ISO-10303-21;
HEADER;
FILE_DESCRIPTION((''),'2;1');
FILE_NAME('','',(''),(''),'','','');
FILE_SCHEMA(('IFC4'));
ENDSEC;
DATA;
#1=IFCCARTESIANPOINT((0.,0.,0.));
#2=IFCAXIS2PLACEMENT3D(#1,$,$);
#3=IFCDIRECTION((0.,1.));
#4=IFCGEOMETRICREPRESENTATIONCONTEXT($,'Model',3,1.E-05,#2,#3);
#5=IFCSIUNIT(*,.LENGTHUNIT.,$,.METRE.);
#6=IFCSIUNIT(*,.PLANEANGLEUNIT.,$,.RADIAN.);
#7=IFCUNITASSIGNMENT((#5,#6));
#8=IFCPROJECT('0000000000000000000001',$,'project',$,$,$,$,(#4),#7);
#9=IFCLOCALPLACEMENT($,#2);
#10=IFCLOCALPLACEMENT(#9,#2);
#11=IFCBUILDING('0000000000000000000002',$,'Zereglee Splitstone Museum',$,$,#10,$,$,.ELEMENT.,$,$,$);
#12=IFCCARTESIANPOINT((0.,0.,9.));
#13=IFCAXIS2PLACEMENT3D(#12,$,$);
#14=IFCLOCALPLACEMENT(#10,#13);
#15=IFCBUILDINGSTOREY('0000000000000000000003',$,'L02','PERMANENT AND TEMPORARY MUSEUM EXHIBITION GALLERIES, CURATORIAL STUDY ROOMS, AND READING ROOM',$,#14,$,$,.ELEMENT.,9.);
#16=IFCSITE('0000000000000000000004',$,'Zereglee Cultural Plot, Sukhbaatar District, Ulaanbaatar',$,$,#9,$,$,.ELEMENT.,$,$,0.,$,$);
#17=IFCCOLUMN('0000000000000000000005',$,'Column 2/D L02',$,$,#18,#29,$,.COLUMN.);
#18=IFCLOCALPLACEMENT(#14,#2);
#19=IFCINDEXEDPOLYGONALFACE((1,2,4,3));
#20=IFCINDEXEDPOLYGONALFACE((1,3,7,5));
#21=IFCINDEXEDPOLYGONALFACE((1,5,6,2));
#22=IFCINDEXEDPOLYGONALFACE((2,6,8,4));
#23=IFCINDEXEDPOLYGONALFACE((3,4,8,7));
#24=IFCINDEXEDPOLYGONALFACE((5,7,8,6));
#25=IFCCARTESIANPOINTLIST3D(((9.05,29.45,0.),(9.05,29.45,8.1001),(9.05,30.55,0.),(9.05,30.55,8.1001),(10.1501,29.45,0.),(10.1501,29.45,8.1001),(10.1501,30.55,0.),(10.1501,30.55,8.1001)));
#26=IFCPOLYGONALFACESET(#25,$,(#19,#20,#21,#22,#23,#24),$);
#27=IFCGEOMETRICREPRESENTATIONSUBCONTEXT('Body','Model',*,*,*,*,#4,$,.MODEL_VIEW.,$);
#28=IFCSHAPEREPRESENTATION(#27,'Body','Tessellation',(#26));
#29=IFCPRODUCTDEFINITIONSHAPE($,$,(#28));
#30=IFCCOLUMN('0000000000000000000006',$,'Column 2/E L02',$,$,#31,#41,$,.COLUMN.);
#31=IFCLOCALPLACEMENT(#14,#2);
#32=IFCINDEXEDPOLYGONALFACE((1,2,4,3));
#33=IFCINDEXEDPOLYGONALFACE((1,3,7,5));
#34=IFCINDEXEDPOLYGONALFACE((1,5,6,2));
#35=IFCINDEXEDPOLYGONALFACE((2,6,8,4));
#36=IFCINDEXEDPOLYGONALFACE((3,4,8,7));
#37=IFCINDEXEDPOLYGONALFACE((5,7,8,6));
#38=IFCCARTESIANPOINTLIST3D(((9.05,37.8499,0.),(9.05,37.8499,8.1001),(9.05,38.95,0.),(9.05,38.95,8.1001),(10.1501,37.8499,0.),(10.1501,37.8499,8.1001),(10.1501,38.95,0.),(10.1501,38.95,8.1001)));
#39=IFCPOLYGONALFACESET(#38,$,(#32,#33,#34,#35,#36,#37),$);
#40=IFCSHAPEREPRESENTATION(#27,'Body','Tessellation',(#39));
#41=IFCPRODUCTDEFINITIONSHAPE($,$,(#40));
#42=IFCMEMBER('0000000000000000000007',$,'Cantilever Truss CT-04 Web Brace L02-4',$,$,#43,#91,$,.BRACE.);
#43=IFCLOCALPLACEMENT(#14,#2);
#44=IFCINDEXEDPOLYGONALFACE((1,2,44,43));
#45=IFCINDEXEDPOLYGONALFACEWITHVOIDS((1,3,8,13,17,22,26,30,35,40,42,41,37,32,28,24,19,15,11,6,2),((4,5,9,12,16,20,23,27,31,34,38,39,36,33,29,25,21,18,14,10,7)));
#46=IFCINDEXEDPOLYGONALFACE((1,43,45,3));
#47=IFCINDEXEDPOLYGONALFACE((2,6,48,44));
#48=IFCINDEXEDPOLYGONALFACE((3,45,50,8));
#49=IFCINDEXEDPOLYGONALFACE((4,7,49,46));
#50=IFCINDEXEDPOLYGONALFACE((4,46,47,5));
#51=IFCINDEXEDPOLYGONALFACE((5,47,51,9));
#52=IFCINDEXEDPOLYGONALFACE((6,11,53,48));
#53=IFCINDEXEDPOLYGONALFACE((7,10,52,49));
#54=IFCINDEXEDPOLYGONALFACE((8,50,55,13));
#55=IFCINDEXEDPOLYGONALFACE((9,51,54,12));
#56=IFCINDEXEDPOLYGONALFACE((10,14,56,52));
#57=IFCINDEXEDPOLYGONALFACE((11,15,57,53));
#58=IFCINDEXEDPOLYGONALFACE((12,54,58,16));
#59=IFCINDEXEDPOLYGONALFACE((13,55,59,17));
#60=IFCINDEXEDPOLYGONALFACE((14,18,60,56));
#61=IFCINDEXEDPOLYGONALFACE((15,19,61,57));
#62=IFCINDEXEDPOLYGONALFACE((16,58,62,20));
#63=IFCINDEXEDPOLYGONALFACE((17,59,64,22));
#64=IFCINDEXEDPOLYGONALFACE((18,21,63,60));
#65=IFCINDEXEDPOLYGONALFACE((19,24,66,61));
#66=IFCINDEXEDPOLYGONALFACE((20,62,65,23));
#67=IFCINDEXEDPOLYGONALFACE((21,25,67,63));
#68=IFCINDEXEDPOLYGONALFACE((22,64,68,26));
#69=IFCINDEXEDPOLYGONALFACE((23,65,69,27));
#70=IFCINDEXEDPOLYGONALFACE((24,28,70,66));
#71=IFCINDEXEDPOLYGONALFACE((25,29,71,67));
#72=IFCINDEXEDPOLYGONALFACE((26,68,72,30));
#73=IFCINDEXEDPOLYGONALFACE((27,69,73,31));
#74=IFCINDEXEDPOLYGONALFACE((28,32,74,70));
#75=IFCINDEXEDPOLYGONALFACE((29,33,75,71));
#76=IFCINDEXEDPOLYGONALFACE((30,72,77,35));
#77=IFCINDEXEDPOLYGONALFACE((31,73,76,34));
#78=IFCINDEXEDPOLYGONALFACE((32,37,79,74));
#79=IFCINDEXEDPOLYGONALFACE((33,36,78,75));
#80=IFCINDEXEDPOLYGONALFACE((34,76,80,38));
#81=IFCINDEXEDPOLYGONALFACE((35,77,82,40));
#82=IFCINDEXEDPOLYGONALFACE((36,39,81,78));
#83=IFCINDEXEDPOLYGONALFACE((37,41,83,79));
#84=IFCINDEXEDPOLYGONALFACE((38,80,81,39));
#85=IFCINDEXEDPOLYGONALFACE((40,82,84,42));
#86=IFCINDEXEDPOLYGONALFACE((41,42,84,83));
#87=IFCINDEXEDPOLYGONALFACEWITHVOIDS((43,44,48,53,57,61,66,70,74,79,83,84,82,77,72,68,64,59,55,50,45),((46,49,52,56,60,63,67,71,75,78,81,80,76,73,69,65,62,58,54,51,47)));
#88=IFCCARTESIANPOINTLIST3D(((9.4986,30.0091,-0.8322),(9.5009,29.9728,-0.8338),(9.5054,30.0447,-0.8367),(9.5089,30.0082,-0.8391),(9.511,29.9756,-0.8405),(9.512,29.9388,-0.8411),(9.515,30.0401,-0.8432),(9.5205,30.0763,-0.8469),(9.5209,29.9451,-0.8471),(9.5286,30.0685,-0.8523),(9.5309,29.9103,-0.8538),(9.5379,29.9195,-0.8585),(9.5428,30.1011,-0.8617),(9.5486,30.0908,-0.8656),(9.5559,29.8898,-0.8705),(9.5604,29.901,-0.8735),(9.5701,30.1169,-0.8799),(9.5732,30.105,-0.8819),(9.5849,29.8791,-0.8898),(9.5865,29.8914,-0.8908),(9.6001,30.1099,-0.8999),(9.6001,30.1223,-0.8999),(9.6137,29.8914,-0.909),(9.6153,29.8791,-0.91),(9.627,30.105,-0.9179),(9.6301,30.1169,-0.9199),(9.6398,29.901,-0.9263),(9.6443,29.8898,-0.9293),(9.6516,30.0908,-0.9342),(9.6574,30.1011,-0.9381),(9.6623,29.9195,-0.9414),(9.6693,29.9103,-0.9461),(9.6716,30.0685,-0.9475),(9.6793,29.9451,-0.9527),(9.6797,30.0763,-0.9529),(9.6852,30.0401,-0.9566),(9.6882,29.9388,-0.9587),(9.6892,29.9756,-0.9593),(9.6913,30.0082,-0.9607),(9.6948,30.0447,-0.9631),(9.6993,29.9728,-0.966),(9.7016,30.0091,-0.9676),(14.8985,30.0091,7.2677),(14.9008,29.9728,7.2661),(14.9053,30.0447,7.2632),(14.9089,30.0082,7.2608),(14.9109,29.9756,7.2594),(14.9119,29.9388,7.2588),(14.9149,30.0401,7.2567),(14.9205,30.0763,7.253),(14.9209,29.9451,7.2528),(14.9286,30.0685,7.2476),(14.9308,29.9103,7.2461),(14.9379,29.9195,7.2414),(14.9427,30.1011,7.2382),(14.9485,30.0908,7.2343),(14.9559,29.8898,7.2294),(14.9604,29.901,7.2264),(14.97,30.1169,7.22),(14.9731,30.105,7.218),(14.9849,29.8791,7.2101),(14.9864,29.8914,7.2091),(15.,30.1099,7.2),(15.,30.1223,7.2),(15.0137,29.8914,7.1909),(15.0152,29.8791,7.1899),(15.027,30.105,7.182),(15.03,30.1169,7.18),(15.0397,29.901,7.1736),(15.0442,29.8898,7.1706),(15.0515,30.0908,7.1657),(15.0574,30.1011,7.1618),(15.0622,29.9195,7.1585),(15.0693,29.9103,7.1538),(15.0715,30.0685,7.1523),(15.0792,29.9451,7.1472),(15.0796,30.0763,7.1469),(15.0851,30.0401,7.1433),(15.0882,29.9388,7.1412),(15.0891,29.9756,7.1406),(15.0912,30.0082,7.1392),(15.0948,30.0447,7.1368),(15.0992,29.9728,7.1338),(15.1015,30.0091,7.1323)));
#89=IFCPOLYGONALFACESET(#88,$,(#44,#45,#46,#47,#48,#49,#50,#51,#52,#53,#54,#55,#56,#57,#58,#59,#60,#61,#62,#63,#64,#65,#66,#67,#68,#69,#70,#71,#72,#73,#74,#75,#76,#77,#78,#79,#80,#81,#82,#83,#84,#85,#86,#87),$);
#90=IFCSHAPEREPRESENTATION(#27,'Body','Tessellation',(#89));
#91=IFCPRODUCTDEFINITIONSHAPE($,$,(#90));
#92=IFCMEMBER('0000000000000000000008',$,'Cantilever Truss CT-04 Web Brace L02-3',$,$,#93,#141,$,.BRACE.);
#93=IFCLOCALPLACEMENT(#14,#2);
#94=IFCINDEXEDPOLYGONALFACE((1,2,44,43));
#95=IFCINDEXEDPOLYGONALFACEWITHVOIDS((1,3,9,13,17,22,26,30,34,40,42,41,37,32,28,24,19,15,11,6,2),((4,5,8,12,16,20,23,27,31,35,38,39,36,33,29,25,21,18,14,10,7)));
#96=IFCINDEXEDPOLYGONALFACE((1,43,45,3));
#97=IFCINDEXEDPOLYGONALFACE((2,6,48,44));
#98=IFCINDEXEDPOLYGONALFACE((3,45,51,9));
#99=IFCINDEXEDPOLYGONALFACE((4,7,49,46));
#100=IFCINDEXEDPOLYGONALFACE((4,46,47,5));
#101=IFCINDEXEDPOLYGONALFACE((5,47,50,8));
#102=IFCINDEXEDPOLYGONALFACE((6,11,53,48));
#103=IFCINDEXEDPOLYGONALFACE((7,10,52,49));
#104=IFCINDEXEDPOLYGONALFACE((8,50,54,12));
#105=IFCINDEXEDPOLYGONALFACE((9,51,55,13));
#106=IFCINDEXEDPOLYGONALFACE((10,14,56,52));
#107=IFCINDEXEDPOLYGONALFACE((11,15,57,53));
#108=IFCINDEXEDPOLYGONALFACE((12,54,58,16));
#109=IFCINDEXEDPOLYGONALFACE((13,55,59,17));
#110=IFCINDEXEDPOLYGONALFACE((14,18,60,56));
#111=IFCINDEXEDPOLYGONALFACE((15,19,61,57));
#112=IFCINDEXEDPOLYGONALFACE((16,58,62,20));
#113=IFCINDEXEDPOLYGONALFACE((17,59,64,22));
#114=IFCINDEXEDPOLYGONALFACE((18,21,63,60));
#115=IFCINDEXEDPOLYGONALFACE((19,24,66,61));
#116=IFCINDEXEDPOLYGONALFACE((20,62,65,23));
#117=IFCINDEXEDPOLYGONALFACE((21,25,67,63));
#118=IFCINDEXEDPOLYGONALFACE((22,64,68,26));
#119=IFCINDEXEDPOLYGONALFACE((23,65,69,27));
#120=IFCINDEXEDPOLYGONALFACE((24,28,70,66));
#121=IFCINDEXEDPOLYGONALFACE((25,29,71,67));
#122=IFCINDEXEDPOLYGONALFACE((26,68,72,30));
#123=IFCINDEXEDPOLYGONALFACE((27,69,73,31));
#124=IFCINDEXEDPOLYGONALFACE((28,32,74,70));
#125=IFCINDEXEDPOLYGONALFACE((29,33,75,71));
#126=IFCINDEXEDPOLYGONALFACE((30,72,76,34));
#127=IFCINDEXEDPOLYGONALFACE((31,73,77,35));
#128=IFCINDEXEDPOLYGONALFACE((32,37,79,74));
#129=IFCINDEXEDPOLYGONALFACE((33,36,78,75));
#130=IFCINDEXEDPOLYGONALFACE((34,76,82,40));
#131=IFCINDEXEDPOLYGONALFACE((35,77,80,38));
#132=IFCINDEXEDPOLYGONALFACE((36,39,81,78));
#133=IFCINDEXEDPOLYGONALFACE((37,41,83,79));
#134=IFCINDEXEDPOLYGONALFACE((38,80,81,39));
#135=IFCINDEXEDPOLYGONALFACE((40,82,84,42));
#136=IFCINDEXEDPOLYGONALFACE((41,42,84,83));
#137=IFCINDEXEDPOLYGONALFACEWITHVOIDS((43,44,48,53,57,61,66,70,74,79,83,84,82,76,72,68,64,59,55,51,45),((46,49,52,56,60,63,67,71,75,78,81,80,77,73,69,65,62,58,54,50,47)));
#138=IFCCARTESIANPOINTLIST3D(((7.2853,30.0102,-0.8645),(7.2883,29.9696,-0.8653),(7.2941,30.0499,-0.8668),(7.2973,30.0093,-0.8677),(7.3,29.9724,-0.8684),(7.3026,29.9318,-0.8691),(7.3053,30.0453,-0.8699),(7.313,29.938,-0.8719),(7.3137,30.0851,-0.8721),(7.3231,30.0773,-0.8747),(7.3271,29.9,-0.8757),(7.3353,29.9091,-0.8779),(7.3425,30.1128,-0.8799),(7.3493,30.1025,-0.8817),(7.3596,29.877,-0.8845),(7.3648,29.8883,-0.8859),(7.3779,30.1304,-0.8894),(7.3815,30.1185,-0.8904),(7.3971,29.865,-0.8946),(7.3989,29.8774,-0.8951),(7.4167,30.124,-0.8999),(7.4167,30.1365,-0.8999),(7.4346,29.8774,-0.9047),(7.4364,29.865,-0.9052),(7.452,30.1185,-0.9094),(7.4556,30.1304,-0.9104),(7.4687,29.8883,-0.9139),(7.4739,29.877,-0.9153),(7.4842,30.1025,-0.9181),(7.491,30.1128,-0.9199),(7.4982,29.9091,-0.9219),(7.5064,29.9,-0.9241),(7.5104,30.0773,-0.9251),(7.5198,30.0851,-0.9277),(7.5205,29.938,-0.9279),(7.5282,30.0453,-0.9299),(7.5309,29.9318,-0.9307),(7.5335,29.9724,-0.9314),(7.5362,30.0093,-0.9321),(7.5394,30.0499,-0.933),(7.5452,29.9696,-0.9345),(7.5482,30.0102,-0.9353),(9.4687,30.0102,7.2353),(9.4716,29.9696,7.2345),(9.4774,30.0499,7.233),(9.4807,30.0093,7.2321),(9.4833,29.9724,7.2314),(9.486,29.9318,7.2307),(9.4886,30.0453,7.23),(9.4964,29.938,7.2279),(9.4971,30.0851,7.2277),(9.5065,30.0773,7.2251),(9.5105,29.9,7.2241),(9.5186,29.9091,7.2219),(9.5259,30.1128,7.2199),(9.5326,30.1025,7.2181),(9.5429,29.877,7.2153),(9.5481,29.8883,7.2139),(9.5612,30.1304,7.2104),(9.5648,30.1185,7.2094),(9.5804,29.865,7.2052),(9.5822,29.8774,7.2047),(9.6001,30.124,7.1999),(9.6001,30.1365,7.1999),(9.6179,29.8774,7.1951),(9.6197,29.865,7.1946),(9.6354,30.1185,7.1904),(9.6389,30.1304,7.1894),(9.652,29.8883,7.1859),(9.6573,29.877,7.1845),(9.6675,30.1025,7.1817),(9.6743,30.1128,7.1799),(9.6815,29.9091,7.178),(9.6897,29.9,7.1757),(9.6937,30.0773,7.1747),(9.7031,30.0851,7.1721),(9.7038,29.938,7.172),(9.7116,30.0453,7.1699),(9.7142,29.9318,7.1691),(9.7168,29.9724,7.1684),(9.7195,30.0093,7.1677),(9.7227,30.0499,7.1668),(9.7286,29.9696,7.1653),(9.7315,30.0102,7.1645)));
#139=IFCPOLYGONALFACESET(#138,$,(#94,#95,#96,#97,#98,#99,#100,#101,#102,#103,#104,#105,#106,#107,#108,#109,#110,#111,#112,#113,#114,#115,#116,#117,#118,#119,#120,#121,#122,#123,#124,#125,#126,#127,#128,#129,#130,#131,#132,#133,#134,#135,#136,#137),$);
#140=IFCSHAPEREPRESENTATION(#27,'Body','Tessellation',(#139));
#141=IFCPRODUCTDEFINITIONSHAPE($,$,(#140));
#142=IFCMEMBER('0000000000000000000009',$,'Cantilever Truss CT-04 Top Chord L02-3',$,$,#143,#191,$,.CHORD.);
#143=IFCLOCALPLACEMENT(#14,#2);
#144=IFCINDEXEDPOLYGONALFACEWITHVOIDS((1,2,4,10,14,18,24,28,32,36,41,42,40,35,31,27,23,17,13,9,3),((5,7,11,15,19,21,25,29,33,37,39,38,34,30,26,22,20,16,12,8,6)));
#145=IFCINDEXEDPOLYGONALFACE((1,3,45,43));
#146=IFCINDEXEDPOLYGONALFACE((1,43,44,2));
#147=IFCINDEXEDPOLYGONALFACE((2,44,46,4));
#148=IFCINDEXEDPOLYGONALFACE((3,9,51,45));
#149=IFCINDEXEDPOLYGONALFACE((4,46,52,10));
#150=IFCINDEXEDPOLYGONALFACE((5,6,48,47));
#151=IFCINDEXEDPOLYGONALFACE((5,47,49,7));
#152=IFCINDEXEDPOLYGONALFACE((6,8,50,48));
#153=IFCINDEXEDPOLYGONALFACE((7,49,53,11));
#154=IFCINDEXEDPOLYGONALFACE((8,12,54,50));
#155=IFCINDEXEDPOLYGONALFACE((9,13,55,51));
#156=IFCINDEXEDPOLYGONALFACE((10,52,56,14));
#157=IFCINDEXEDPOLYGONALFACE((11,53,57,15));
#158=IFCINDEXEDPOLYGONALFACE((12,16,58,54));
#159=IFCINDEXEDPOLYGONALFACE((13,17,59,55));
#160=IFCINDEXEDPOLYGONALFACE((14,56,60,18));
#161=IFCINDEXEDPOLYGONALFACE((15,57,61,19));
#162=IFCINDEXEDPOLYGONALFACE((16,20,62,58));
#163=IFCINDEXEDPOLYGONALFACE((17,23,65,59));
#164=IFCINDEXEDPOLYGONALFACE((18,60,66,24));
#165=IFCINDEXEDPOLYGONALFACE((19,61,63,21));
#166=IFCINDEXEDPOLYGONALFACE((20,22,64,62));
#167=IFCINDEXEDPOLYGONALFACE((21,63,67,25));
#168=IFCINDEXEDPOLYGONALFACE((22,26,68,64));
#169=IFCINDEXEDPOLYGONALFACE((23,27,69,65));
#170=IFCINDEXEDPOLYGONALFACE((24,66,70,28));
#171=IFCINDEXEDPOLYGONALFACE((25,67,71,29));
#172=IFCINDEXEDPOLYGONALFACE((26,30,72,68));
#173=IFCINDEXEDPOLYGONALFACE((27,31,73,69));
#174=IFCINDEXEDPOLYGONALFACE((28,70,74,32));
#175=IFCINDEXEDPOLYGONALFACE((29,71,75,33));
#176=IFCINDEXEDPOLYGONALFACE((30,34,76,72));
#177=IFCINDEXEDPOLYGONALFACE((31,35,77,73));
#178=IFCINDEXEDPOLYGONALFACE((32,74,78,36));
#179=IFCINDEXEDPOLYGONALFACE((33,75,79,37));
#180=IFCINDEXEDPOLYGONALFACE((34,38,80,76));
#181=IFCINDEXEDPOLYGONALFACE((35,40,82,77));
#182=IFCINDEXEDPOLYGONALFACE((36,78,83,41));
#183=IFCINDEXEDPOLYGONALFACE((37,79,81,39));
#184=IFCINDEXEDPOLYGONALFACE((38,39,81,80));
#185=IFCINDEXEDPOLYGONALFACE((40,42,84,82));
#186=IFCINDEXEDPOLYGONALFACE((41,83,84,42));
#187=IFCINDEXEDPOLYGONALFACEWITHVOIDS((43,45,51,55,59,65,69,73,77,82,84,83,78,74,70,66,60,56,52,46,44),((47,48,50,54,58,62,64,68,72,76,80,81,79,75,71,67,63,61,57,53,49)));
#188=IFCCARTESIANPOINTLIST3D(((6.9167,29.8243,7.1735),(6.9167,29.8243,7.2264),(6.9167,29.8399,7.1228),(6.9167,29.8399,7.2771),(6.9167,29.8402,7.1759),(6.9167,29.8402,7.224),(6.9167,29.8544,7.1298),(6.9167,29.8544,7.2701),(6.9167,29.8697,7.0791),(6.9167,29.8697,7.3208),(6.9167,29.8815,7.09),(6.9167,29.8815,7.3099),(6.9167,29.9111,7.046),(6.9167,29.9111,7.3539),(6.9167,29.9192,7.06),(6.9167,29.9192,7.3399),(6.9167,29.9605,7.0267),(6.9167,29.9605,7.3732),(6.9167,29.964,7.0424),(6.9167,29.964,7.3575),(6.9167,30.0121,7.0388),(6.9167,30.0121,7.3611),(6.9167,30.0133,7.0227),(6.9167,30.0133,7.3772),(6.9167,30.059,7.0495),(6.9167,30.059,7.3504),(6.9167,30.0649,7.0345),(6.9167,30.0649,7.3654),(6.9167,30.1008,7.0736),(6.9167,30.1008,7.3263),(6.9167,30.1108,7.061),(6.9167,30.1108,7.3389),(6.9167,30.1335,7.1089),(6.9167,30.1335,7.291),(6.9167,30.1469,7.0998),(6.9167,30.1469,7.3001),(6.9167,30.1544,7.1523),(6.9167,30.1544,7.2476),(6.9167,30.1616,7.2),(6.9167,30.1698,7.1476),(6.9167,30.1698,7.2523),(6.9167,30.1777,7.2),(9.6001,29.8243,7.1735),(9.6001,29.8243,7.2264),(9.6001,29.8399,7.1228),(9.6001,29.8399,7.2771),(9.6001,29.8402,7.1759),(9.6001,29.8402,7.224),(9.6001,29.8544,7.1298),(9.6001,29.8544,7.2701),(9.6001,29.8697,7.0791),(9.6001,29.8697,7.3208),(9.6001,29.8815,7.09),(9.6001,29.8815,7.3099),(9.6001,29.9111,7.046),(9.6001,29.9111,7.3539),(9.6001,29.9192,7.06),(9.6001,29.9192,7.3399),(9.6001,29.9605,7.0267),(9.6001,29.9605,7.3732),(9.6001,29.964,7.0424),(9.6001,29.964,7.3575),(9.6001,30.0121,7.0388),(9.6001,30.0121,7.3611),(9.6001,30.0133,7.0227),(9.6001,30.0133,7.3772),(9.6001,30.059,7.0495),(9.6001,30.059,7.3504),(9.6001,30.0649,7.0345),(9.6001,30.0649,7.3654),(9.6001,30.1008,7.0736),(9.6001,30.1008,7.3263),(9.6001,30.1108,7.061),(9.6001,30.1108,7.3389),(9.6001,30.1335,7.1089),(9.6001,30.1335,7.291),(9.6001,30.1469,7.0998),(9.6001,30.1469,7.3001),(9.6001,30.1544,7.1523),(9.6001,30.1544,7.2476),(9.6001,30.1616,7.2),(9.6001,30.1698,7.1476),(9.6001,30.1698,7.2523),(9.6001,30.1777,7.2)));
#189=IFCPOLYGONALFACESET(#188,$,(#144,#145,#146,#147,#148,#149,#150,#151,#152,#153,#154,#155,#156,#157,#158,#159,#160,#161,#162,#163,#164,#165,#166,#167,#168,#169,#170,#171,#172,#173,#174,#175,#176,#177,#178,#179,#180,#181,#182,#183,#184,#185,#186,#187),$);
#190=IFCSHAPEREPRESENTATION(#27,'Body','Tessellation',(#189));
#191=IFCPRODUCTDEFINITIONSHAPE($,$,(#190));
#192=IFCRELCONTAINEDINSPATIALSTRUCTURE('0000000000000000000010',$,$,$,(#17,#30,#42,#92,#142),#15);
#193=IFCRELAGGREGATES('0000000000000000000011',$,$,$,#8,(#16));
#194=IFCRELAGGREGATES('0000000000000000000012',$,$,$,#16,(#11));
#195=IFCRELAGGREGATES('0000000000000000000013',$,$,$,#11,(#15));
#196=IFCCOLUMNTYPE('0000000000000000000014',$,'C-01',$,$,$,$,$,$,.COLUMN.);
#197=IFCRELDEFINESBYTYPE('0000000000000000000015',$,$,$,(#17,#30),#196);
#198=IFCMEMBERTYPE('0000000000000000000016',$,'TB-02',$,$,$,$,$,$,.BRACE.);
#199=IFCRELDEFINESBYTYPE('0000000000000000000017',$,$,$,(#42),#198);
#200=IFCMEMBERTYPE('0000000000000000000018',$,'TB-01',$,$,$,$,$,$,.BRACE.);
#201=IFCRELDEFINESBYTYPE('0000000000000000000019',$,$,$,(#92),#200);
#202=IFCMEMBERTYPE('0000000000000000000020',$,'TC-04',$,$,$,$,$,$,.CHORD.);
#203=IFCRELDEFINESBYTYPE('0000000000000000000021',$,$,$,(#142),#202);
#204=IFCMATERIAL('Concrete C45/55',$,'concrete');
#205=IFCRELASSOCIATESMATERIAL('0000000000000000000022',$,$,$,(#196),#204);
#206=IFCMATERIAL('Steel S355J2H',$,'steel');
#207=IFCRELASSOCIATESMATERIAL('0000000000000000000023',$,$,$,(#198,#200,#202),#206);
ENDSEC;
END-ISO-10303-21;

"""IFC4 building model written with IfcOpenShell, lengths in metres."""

from ifc_helpers import new_model, si_unit, direction, frame, origin, origin_2d, place, context, subcontext, project, spatial, rectangle, hollow_circle, extrude, material, material_profile, profile_set, type_object, element, save


model = new_model("IFC4")

# Units and contexts
model_context = context("Model", 3, precision=1e-05, world=origin(), true_north=direction((0.0, 1.0)))
body_context = subcontext(model_context, "Body", "Model", "MODEL_VIEW")
ifc_project = project(units=[si_unit("LENGTHUNIT", "METRE"), si_unit("PLANEANGLEUNIT", "RADIAN")], contexts=[model_context])

# Site, building, storey
site_placement = place(None, origin())
site = spatial("IfcSite", under=ifc_project, at=site_placement, Name="Zereglee Cultural Plot, Sukhbaatar District, Ulaanbaatar", CompositionType="ELEMENT", RefElevation=0.0)
building_placement = place(site_placement, origin())
building = spatial("IfcBuilding", under=site, at=building_placement, Name="Zereglee Splitstone Museum", CompositionType="ELEMENT")
storey_placement = place(building_placement, frame((0.0, 0.0, 9.0)))
storey = spatial("IfcBuildingStorey", under=building, at=storey_placement, Name="L02", Description="PERMANENT AND TEMPORARY MUSEUM EXHIBITION GALLERIES, CURATORIAL STUDY ROOMS, AND READING ROOM", CompositionType="ELEMENT", Elevation=9.0)

# Columns
ifc_material_1 = material(Name="Concrete C45/55", Category="concrete")
ifc_material_profile_1 = material_profile(ifc_material_1, rectangle(XDim=1.1001, YDim=1.1001, at=origin_2d()), Name="RC 1100x1100")
ifc_profile_set_1 = profile_set([ifc_material_profile_1], Name="Concrete C45/55")
column_type = type_object("IfcColumnType", Name="C-01", PredefinedType="COLUMN", material=ifc_profile_set_1)
for number, where, z_axis, x_axis, name in (
    (1, (9.6001, 30.0, 0.0), (0.0, 0.0, 1.0), (1.0, 0.0, 0.0), "Column 2/D L02"),
    (2, (9.6001, 38.3999, 0.0), (0.0, 0.0, 1.0), (1.0, 0.0, 0.0), "Column 2/E L02"),
):
    element("IfcColumn", number, at=place(storey_placement, frame(where, z_axis=z_axis, x_axis=x_axis)), inside=storey, type_object=column_type, Name=name, PredefinedType="COLUMN", context=body_context, shape_type="SweptSolid", body=[
        extrude(rectangle(XDim=1.1001, YDim=1.1001, at=origin_2d()), origin(), (0.0, 0.0, 1.0), 8.1001),
    ])

# Members
ifc_material_2 = material(Name="Steel S355J2H", Category="steel")
ifc_material_profile_2 = material_profile(ifc_material_2, hollow_circle(Radius=0.1223, WallThickness=0.0125, at=origin_2d()), Name="CHS 244.5x12.5")
ifc_profile_set_2 = profile_set([ifc_material_profile_2], Name="Steel S355J2H")
member_type_1 = type_object("IfcMemberType", Name="TB-02", PredefinedType="BRACE", material=ifc_profile_set_2)
member_1_placement = place(storey_placement, frame((9.6001, 30.0, -0.8999), z_axis=(0.5547, 0.0, 0.83205), x_axis=(0.0, 1.0, 0.0)))
element("IfcMember", 3, at=member_1_placement, inside=storey, type_object=member_type_1, Name="Cantilever Truss CT-04 Web Brace L02-4", PredefinedType="BRACE", context=body_context, shape_type="SweptSolid", body=[
    extrude(hollow_circle(Radius=0.1223, WallThickness=0.0125, at=origin_2d()), origin(), (0.0, 0.0, 1.0), 9.7349),
])
ifc_material_profile_3 = material_profile(ifc_material_2, hollow_circle(Radius=0.1365, WallThickness=0.0125, at=origin_2d()), Name="CHS 273.0x12.5")
ifc_profile_set_3 = profile_set([ifc_material_profile_3], Name="Steel S355J2H")
member_type_2 = type_object("IfcMemberType", Name="TB-01", PredefinedType="BRACE", material=ifc_profile_set_3)
member_2_placement = place(storey_placement, frame((7.4167, 30.0, -0.8999), z_axis=(0.260265, 0.0, 0.965537), x_axis=(0.0, 1.0, 0.0)))
element("IfcMember", 4, at=member_2_placement, inside=storey, type_object=member_type_2, Name="Cantilever Truss CT-04 Web Brace L02-3", PredefinedType="BRACE", context=body_context, shape_type="SweptSolid", body=[
    extrude(hollow_circle(Radius=0.1365, WallThickness=0.0125, at=origin_2d()), origin(), (0.0, 0.0, 1.0), 8.3889),
])
ifc_material_profile_4 = material_profile(ifc_material_2, hollow_circle(Radius=0.1777, WallThickness=0.0161, at=origin_2d()), Name="CHS 355.6x16")
ifc_profile_set_4 = profile_set([ifc_material_profile_4], Name="Steel S355J2H")
member_type_3 = type_object("IfcMemberType", Name="TC-04", PredefinedType="CHORD", material=ifc_profile_set_4)
member_3_placement = place(storey_placement, frame((6.9167, 30.0, 7.2), z_axis=(1.0, 0.0, 0.0), x_axis=(0.0, 1.0, 0.0)))
element("IfcMember", 5, at=member_3_placement, inside=storey, type_object=member_type_3, Name="Cantilever Truss CT-04 Top Chord L02-3", PredefinedType="CHORD", context=body_context, shape_type="SweptSolid", body=[
    extrude(hollow_circle(Radius=0.1777, WallThickness=0.0161, at=origin_2d()), origin(), (0.0, 0.0, 1.0), 2.6833),
])

save(model, "model.ifc")
